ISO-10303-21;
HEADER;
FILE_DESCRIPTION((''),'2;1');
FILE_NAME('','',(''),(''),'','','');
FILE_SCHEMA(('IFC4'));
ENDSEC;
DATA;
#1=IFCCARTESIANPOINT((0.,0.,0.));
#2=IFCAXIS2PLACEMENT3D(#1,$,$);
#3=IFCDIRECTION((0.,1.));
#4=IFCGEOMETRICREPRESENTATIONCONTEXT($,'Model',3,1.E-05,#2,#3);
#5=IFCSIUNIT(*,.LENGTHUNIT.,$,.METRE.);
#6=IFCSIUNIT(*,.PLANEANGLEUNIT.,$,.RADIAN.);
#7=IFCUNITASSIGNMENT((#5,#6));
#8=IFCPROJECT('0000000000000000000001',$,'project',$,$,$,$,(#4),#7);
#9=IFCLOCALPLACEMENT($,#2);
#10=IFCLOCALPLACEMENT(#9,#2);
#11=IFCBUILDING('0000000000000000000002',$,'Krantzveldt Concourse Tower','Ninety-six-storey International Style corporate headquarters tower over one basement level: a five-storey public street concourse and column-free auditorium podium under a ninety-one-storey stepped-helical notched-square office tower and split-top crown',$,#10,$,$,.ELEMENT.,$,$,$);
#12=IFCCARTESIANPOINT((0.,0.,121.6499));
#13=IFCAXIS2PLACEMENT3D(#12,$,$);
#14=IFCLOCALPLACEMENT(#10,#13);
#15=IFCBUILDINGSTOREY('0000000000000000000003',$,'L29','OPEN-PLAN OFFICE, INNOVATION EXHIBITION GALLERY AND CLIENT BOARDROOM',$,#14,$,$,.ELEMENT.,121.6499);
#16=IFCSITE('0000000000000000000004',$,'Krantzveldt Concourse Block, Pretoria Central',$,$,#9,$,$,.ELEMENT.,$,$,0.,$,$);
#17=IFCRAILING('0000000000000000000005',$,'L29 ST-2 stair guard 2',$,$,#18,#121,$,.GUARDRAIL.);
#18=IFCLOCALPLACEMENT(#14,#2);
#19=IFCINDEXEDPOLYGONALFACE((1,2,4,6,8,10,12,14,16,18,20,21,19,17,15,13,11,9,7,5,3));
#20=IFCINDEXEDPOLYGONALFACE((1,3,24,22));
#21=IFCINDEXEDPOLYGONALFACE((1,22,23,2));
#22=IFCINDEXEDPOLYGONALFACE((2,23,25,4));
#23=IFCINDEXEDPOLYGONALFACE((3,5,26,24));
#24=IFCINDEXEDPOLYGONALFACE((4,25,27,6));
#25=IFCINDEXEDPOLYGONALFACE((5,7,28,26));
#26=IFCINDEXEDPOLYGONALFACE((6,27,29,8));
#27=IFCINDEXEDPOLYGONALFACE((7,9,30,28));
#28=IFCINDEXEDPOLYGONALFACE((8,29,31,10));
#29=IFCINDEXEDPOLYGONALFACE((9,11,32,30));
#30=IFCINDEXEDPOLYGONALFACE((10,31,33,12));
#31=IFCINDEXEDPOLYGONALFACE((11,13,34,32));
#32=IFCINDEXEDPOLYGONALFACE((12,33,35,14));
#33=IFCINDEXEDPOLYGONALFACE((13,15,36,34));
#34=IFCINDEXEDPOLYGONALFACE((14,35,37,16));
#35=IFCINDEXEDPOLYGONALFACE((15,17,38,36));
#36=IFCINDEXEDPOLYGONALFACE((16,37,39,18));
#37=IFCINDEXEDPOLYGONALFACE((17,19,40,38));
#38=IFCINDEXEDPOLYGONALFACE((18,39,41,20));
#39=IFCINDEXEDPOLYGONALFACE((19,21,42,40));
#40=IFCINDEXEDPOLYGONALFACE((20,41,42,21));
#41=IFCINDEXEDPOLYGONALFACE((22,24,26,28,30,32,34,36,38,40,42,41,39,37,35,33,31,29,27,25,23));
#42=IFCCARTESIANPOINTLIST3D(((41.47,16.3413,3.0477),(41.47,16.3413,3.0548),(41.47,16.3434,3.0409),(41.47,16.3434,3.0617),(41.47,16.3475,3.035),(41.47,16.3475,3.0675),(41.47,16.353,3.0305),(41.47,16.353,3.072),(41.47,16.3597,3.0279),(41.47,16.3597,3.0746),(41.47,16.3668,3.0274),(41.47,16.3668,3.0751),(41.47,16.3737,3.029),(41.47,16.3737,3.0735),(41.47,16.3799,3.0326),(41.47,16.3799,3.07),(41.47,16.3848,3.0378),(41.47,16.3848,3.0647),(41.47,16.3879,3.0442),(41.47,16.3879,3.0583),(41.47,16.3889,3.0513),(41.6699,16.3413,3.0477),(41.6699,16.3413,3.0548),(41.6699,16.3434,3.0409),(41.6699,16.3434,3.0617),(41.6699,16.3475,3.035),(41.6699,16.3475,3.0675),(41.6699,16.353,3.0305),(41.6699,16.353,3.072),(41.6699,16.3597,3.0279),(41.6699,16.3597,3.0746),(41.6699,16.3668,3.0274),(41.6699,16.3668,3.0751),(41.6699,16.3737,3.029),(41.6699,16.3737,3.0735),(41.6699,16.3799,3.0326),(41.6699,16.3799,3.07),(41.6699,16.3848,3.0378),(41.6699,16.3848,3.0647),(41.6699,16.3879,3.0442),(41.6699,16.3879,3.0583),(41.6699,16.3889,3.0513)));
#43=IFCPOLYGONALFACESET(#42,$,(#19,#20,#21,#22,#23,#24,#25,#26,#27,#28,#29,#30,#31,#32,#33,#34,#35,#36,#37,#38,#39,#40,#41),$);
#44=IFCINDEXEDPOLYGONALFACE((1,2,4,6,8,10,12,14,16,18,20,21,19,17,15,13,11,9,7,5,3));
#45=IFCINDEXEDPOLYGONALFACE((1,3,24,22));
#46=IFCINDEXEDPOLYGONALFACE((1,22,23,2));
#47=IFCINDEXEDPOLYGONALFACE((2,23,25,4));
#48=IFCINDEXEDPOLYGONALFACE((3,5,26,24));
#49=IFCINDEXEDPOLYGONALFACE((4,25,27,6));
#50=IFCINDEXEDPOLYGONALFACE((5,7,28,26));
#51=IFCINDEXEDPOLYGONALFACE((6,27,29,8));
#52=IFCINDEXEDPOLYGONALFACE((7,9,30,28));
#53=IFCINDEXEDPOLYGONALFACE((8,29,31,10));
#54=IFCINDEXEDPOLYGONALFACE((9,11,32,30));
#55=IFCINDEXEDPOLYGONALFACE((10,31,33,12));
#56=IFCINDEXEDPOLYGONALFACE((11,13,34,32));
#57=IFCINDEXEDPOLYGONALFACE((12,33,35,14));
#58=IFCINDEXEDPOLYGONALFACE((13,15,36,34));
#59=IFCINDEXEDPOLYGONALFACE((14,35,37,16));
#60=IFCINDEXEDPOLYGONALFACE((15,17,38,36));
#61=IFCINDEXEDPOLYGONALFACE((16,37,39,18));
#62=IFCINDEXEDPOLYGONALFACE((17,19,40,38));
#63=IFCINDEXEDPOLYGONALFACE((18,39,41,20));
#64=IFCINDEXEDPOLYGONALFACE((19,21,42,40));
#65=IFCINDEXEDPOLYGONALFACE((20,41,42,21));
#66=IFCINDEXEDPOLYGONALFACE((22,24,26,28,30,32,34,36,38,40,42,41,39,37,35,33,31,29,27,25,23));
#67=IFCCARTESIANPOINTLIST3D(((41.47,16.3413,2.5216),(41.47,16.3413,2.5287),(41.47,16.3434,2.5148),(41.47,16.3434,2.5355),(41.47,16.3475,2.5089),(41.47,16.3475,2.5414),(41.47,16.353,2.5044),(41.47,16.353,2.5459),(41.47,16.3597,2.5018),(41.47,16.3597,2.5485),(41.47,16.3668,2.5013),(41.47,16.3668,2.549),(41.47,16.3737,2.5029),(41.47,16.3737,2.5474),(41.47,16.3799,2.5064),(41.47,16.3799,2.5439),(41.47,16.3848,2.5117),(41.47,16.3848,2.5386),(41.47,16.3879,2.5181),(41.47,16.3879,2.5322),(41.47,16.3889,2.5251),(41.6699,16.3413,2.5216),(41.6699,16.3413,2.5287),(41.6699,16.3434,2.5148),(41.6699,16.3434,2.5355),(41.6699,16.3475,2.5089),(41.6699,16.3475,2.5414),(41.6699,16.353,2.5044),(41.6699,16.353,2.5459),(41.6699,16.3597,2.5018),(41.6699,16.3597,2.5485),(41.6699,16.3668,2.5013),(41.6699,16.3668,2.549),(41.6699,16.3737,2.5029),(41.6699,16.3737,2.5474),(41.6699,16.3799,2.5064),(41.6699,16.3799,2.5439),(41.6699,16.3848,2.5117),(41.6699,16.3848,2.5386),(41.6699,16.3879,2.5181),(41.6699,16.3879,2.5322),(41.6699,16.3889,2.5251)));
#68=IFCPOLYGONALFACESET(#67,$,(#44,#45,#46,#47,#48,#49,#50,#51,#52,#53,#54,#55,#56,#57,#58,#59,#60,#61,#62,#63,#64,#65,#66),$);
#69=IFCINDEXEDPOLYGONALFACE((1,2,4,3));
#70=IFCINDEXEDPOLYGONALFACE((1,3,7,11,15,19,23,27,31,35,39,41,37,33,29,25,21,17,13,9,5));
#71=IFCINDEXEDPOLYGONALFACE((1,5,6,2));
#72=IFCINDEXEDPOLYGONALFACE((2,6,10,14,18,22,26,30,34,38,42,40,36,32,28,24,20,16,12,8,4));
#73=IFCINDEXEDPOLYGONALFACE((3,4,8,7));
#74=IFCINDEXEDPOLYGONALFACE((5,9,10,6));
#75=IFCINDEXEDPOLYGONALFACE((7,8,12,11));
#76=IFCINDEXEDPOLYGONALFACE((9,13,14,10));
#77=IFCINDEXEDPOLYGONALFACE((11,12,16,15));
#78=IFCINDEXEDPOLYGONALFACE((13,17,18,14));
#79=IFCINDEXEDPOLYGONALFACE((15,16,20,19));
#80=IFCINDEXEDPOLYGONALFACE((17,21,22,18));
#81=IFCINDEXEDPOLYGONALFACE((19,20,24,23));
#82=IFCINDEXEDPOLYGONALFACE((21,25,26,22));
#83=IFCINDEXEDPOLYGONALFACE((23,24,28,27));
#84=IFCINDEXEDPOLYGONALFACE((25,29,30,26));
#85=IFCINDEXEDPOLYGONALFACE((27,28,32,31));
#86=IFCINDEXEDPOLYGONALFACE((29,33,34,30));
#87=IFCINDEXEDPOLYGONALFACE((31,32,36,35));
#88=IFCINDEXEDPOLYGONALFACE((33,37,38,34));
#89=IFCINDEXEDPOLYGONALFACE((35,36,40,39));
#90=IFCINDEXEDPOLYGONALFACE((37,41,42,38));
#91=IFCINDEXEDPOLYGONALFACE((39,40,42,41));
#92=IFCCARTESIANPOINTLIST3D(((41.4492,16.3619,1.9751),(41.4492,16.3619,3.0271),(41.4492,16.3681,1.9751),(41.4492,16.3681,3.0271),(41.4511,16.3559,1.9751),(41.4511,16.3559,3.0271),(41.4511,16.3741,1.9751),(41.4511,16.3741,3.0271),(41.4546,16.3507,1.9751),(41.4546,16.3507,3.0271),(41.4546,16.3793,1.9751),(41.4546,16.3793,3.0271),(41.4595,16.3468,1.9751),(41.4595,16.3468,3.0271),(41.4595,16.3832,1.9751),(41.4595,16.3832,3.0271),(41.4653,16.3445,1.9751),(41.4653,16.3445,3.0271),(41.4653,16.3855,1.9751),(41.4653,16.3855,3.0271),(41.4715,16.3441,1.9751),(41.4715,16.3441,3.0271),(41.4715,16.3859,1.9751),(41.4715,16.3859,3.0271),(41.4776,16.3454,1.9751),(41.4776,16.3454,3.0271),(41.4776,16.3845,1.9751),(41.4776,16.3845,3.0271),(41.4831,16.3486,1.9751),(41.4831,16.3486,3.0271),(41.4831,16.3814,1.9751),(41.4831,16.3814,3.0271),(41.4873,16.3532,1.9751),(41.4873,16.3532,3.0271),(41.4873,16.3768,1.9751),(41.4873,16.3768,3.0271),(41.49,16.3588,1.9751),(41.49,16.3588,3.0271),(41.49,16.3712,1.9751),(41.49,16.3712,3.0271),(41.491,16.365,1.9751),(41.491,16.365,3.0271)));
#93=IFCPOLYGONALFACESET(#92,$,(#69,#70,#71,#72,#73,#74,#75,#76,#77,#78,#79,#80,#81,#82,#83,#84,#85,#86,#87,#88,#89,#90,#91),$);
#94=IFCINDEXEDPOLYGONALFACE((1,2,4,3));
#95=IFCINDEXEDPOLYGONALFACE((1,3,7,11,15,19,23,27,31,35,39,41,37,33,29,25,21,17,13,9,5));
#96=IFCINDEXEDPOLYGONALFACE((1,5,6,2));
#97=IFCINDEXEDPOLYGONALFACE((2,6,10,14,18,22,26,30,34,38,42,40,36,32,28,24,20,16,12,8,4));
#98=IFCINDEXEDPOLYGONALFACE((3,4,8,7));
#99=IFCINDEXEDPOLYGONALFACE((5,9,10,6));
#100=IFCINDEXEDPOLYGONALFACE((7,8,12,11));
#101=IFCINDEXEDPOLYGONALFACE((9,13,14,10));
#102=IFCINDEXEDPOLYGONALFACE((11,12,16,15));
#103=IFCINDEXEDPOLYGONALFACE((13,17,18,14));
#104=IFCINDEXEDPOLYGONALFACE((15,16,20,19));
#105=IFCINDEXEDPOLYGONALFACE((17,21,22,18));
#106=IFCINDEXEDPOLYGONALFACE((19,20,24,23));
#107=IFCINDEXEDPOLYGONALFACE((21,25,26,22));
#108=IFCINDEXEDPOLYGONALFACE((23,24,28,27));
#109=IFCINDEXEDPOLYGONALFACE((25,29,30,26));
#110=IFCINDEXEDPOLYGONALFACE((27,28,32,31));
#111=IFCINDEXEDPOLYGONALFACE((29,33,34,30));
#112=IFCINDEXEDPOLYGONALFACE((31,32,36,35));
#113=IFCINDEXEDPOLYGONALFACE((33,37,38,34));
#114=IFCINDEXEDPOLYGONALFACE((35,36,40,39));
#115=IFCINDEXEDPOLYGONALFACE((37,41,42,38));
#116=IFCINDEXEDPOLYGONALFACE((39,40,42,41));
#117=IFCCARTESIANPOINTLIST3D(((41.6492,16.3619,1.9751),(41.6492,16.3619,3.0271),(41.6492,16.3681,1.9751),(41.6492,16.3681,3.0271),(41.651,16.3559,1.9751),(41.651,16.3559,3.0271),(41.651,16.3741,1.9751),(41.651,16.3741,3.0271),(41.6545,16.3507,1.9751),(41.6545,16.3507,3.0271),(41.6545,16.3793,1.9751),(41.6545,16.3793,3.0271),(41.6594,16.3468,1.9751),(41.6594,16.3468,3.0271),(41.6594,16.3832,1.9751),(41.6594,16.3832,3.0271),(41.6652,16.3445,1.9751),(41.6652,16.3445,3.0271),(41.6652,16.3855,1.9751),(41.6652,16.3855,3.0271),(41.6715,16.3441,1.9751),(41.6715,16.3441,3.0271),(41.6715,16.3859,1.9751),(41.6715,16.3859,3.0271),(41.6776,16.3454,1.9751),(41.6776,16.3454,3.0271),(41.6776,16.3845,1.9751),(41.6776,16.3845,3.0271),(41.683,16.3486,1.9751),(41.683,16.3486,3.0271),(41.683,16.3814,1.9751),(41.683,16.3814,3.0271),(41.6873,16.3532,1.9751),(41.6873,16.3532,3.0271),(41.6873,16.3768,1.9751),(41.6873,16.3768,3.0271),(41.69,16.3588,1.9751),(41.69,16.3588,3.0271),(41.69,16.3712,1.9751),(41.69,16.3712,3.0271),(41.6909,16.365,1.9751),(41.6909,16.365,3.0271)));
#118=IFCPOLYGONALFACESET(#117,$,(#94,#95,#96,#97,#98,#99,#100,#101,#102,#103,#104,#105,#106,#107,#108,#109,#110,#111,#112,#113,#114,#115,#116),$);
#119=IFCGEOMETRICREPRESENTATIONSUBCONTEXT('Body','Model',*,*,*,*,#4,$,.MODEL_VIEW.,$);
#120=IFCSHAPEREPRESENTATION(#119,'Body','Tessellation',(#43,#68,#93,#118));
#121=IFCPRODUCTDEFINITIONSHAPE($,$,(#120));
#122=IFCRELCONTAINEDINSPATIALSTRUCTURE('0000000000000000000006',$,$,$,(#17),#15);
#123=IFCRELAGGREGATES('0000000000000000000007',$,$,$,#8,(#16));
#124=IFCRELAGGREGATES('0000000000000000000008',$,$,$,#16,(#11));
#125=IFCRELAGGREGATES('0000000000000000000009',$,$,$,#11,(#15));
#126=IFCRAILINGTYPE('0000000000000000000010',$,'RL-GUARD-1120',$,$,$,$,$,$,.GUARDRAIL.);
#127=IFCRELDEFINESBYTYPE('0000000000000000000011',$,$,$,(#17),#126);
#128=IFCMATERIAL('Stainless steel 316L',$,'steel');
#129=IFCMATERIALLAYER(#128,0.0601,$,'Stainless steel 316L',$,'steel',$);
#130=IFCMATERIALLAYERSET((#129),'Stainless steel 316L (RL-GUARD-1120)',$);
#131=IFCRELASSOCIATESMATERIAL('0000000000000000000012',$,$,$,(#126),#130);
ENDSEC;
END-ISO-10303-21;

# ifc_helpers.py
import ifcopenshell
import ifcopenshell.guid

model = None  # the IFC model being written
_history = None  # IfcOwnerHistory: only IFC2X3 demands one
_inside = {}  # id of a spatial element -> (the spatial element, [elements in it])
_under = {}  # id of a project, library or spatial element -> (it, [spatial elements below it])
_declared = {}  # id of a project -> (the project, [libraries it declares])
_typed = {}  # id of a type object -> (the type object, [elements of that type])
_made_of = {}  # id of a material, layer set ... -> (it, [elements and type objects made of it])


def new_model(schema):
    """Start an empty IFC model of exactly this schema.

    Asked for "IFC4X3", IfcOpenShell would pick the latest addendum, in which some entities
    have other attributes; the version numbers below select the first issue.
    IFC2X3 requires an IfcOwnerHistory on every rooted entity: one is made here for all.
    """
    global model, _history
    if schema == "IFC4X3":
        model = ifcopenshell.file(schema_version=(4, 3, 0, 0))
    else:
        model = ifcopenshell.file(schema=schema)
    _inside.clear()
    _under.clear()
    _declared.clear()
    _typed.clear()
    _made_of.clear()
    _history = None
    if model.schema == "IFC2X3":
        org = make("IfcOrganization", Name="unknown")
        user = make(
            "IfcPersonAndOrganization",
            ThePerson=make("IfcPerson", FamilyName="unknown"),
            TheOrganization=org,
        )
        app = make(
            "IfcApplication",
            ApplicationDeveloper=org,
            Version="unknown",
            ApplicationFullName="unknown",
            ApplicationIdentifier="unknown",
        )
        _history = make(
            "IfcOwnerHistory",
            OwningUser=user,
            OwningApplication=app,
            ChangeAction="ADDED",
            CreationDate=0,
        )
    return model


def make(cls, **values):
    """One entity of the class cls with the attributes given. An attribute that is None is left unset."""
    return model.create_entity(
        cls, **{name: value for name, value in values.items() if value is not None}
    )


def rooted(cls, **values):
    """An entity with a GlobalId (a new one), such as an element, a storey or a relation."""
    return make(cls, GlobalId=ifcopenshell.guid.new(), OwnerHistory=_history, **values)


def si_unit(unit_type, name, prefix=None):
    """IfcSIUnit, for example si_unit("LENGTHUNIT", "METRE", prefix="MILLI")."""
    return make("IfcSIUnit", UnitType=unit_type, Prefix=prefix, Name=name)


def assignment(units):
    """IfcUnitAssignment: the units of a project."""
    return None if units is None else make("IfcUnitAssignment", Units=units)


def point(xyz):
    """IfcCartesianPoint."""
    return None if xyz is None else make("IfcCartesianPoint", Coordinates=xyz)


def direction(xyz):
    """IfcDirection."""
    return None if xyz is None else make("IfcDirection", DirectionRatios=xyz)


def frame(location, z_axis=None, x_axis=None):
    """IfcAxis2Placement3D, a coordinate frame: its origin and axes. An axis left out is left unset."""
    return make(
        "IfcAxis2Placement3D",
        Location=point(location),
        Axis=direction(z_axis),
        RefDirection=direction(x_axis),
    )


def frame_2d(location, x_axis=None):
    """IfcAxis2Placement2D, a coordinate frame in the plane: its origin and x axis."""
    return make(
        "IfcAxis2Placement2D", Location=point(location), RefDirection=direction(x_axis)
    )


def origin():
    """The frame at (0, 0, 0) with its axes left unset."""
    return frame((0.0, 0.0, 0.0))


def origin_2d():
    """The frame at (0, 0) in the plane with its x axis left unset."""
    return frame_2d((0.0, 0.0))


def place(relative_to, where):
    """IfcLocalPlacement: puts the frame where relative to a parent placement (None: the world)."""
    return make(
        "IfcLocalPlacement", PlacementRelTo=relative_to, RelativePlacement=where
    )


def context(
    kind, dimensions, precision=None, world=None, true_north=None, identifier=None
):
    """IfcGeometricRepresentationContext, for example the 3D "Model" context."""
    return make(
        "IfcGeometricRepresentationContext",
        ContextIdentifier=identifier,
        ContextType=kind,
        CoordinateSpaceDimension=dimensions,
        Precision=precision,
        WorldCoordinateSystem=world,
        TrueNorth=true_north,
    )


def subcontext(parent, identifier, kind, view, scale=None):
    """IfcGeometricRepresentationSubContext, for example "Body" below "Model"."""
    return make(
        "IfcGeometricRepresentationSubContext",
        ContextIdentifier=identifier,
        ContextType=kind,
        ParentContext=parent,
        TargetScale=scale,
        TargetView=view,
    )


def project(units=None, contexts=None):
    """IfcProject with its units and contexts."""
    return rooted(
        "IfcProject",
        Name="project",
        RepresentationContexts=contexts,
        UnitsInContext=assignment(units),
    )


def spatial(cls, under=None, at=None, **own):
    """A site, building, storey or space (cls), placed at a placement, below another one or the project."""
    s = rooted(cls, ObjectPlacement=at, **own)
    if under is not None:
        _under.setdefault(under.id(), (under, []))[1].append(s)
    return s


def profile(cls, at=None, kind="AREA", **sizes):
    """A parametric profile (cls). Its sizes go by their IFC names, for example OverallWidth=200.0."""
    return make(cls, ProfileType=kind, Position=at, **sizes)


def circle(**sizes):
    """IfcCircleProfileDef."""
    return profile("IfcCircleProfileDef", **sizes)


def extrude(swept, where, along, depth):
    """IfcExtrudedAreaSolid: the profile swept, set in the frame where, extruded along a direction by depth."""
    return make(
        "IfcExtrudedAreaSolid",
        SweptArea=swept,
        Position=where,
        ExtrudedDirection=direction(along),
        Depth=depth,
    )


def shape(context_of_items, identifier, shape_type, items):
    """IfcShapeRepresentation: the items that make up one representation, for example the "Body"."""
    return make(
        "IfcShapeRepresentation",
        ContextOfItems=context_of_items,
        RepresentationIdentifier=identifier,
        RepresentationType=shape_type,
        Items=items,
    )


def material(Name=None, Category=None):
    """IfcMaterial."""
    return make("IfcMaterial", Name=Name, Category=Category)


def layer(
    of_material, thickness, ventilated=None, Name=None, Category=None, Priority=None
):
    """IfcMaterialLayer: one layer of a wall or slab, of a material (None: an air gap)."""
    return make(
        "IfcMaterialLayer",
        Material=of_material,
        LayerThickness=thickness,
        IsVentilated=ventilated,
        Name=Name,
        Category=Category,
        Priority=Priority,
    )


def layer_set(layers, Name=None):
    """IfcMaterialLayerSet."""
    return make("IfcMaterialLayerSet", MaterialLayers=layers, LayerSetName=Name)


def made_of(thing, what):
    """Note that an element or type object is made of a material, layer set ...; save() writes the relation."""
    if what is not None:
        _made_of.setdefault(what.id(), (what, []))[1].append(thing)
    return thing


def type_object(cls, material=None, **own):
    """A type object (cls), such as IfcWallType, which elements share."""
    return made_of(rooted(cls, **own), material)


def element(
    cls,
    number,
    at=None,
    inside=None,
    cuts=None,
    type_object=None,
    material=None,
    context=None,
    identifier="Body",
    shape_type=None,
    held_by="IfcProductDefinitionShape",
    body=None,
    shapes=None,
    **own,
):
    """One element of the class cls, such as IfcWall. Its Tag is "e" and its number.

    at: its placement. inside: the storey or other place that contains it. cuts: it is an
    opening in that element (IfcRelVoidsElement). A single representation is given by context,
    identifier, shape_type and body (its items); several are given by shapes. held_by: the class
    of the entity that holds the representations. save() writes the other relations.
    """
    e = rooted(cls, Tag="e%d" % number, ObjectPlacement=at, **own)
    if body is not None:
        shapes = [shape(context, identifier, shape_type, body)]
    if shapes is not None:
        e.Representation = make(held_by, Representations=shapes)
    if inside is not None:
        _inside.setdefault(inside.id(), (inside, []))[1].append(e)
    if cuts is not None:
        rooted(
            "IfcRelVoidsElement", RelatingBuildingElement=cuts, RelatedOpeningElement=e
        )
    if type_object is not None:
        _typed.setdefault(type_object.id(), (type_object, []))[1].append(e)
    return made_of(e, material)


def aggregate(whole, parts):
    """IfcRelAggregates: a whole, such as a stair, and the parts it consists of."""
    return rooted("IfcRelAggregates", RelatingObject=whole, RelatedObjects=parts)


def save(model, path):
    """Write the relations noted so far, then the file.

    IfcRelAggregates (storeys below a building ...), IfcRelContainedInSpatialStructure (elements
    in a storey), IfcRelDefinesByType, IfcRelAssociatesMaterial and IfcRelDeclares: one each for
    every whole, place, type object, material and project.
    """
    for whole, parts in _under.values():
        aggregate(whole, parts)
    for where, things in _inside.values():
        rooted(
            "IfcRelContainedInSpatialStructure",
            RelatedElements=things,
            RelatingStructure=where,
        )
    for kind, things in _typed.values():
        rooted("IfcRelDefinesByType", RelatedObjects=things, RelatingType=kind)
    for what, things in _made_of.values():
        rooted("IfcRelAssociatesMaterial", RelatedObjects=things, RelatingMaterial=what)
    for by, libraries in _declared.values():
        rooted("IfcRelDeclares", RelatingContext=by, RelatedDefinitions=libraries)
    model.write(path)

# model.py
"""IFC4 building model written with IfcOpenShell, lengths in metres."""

from ifc_helpers import new_model, si_unit, direction, frame, origin, origin_2d, place, context, subcontext, project, spatial, circle, extrude, material, layer, layer_set, type_object, element, save


model = new_model("IFC4")

# Units and contexts
model_context = context("Model", 3, precision=1e-05, world=origin(), true_north=direction((0.0, 1.0)))
body_context = subcontext(model_context, "Body", "Model", "MODEL_VIEW")
ifc_project = project(units=[si_unit("LENGTHUNIT", "METRE"), si_unit("PLANEANGLEUNIT", "RADIAN")], contexts=[model_context])

# Site, building, storey
site_placement = place(None, origin())
site = spatial("IfcSite", under=ifc_project, at=site_placement, Name="Krantzveldt Concourse Block, Pretoria Central", CompositionType="ELEMENT", RefElevation=0.0)
building_placement = place(site_placement, origin())
building = spatial("IfcBuilding", under=site, at=building_placement, Name="Krantzveldt Concourse Tower", Description="Ninety-six-storey International Style corporate headquarters tower over one basement level: a five-storey public street concourse and column-free auditorium podium under a ninety-one-storey stepped-helical notched-square office tower and split-top crown", CompositionType="ELEMENT")
storey_placement = place(building_placement, frame((0.0, 0.0, 121.6499)))
storey = spatial("IfcBuildingStorey", under=building, at=storey_placement, Name="L29", Description="OPEN-PLAN OFFICE, INNOVATION EXHIBITION GALLERY AND CLIENT BOARDROOM", CompositionType="ELEMENT", Elevation=121.6499)

# Shared definitions
ifc_material_1 = material(Name="Stainless steel 316L", Category="steel")

# Railing
ifc_layer_1 = layer(ifc_material_1, 0.0601, Name="Stainless steel 316L", Category="steel")
ifc_layer_set_1 = layer_set([ifc_layer_1], Name="Stainless steel 316L (RL-GUARD-1120)")
railing_type_1 = type_object("IfcRailingType", Name="RL-GUARD-1120", PredefinedType="GUARDRAIL", material=ifc_layer_set_1)
railing_1_placement = place(storey_placement, frame((41.47, 16.365, 1.9751)))
element("IfcRailing", 1, at=railing_1_placement, inside=storey, type_object=railing_type_1, Name="L29 ST-2 stair guard 2", PredefinedType="GUARDRAIL", context=body_context, shape_type="SweptSolid", body=[
    extrude(circle(Radius=0.0239, at=origin_2d()), frame((0.0, 0.0, 1.0762), z_axis=(1.0, 0.0, 0.0), x_axis=(0.0, 1.0, 0.0)), (0.0, 0.0, 1.0), 0.2),
    extrude(circle(Radius=0.0239, at=origin_2d()), frame((0.0, 0.0, 0.55), z_axis=(1.0, 0.0, 0.0), x_axis=(0.0, 1.0, 0.0)), (0.0, 0.0, 1.0), 0.2),
    extrude(circle(Radius=0.021, at=origin_2d()), origin(), (0.0, 0.0, 1.0), 1.052),
    extrude(circle(Radius=0.021, at=origin_2d()), frame((0.2, 0.0, 0.0)), (0.0, 0.0, 1.0), 1.052),
])

save(model, "model.ifc")
